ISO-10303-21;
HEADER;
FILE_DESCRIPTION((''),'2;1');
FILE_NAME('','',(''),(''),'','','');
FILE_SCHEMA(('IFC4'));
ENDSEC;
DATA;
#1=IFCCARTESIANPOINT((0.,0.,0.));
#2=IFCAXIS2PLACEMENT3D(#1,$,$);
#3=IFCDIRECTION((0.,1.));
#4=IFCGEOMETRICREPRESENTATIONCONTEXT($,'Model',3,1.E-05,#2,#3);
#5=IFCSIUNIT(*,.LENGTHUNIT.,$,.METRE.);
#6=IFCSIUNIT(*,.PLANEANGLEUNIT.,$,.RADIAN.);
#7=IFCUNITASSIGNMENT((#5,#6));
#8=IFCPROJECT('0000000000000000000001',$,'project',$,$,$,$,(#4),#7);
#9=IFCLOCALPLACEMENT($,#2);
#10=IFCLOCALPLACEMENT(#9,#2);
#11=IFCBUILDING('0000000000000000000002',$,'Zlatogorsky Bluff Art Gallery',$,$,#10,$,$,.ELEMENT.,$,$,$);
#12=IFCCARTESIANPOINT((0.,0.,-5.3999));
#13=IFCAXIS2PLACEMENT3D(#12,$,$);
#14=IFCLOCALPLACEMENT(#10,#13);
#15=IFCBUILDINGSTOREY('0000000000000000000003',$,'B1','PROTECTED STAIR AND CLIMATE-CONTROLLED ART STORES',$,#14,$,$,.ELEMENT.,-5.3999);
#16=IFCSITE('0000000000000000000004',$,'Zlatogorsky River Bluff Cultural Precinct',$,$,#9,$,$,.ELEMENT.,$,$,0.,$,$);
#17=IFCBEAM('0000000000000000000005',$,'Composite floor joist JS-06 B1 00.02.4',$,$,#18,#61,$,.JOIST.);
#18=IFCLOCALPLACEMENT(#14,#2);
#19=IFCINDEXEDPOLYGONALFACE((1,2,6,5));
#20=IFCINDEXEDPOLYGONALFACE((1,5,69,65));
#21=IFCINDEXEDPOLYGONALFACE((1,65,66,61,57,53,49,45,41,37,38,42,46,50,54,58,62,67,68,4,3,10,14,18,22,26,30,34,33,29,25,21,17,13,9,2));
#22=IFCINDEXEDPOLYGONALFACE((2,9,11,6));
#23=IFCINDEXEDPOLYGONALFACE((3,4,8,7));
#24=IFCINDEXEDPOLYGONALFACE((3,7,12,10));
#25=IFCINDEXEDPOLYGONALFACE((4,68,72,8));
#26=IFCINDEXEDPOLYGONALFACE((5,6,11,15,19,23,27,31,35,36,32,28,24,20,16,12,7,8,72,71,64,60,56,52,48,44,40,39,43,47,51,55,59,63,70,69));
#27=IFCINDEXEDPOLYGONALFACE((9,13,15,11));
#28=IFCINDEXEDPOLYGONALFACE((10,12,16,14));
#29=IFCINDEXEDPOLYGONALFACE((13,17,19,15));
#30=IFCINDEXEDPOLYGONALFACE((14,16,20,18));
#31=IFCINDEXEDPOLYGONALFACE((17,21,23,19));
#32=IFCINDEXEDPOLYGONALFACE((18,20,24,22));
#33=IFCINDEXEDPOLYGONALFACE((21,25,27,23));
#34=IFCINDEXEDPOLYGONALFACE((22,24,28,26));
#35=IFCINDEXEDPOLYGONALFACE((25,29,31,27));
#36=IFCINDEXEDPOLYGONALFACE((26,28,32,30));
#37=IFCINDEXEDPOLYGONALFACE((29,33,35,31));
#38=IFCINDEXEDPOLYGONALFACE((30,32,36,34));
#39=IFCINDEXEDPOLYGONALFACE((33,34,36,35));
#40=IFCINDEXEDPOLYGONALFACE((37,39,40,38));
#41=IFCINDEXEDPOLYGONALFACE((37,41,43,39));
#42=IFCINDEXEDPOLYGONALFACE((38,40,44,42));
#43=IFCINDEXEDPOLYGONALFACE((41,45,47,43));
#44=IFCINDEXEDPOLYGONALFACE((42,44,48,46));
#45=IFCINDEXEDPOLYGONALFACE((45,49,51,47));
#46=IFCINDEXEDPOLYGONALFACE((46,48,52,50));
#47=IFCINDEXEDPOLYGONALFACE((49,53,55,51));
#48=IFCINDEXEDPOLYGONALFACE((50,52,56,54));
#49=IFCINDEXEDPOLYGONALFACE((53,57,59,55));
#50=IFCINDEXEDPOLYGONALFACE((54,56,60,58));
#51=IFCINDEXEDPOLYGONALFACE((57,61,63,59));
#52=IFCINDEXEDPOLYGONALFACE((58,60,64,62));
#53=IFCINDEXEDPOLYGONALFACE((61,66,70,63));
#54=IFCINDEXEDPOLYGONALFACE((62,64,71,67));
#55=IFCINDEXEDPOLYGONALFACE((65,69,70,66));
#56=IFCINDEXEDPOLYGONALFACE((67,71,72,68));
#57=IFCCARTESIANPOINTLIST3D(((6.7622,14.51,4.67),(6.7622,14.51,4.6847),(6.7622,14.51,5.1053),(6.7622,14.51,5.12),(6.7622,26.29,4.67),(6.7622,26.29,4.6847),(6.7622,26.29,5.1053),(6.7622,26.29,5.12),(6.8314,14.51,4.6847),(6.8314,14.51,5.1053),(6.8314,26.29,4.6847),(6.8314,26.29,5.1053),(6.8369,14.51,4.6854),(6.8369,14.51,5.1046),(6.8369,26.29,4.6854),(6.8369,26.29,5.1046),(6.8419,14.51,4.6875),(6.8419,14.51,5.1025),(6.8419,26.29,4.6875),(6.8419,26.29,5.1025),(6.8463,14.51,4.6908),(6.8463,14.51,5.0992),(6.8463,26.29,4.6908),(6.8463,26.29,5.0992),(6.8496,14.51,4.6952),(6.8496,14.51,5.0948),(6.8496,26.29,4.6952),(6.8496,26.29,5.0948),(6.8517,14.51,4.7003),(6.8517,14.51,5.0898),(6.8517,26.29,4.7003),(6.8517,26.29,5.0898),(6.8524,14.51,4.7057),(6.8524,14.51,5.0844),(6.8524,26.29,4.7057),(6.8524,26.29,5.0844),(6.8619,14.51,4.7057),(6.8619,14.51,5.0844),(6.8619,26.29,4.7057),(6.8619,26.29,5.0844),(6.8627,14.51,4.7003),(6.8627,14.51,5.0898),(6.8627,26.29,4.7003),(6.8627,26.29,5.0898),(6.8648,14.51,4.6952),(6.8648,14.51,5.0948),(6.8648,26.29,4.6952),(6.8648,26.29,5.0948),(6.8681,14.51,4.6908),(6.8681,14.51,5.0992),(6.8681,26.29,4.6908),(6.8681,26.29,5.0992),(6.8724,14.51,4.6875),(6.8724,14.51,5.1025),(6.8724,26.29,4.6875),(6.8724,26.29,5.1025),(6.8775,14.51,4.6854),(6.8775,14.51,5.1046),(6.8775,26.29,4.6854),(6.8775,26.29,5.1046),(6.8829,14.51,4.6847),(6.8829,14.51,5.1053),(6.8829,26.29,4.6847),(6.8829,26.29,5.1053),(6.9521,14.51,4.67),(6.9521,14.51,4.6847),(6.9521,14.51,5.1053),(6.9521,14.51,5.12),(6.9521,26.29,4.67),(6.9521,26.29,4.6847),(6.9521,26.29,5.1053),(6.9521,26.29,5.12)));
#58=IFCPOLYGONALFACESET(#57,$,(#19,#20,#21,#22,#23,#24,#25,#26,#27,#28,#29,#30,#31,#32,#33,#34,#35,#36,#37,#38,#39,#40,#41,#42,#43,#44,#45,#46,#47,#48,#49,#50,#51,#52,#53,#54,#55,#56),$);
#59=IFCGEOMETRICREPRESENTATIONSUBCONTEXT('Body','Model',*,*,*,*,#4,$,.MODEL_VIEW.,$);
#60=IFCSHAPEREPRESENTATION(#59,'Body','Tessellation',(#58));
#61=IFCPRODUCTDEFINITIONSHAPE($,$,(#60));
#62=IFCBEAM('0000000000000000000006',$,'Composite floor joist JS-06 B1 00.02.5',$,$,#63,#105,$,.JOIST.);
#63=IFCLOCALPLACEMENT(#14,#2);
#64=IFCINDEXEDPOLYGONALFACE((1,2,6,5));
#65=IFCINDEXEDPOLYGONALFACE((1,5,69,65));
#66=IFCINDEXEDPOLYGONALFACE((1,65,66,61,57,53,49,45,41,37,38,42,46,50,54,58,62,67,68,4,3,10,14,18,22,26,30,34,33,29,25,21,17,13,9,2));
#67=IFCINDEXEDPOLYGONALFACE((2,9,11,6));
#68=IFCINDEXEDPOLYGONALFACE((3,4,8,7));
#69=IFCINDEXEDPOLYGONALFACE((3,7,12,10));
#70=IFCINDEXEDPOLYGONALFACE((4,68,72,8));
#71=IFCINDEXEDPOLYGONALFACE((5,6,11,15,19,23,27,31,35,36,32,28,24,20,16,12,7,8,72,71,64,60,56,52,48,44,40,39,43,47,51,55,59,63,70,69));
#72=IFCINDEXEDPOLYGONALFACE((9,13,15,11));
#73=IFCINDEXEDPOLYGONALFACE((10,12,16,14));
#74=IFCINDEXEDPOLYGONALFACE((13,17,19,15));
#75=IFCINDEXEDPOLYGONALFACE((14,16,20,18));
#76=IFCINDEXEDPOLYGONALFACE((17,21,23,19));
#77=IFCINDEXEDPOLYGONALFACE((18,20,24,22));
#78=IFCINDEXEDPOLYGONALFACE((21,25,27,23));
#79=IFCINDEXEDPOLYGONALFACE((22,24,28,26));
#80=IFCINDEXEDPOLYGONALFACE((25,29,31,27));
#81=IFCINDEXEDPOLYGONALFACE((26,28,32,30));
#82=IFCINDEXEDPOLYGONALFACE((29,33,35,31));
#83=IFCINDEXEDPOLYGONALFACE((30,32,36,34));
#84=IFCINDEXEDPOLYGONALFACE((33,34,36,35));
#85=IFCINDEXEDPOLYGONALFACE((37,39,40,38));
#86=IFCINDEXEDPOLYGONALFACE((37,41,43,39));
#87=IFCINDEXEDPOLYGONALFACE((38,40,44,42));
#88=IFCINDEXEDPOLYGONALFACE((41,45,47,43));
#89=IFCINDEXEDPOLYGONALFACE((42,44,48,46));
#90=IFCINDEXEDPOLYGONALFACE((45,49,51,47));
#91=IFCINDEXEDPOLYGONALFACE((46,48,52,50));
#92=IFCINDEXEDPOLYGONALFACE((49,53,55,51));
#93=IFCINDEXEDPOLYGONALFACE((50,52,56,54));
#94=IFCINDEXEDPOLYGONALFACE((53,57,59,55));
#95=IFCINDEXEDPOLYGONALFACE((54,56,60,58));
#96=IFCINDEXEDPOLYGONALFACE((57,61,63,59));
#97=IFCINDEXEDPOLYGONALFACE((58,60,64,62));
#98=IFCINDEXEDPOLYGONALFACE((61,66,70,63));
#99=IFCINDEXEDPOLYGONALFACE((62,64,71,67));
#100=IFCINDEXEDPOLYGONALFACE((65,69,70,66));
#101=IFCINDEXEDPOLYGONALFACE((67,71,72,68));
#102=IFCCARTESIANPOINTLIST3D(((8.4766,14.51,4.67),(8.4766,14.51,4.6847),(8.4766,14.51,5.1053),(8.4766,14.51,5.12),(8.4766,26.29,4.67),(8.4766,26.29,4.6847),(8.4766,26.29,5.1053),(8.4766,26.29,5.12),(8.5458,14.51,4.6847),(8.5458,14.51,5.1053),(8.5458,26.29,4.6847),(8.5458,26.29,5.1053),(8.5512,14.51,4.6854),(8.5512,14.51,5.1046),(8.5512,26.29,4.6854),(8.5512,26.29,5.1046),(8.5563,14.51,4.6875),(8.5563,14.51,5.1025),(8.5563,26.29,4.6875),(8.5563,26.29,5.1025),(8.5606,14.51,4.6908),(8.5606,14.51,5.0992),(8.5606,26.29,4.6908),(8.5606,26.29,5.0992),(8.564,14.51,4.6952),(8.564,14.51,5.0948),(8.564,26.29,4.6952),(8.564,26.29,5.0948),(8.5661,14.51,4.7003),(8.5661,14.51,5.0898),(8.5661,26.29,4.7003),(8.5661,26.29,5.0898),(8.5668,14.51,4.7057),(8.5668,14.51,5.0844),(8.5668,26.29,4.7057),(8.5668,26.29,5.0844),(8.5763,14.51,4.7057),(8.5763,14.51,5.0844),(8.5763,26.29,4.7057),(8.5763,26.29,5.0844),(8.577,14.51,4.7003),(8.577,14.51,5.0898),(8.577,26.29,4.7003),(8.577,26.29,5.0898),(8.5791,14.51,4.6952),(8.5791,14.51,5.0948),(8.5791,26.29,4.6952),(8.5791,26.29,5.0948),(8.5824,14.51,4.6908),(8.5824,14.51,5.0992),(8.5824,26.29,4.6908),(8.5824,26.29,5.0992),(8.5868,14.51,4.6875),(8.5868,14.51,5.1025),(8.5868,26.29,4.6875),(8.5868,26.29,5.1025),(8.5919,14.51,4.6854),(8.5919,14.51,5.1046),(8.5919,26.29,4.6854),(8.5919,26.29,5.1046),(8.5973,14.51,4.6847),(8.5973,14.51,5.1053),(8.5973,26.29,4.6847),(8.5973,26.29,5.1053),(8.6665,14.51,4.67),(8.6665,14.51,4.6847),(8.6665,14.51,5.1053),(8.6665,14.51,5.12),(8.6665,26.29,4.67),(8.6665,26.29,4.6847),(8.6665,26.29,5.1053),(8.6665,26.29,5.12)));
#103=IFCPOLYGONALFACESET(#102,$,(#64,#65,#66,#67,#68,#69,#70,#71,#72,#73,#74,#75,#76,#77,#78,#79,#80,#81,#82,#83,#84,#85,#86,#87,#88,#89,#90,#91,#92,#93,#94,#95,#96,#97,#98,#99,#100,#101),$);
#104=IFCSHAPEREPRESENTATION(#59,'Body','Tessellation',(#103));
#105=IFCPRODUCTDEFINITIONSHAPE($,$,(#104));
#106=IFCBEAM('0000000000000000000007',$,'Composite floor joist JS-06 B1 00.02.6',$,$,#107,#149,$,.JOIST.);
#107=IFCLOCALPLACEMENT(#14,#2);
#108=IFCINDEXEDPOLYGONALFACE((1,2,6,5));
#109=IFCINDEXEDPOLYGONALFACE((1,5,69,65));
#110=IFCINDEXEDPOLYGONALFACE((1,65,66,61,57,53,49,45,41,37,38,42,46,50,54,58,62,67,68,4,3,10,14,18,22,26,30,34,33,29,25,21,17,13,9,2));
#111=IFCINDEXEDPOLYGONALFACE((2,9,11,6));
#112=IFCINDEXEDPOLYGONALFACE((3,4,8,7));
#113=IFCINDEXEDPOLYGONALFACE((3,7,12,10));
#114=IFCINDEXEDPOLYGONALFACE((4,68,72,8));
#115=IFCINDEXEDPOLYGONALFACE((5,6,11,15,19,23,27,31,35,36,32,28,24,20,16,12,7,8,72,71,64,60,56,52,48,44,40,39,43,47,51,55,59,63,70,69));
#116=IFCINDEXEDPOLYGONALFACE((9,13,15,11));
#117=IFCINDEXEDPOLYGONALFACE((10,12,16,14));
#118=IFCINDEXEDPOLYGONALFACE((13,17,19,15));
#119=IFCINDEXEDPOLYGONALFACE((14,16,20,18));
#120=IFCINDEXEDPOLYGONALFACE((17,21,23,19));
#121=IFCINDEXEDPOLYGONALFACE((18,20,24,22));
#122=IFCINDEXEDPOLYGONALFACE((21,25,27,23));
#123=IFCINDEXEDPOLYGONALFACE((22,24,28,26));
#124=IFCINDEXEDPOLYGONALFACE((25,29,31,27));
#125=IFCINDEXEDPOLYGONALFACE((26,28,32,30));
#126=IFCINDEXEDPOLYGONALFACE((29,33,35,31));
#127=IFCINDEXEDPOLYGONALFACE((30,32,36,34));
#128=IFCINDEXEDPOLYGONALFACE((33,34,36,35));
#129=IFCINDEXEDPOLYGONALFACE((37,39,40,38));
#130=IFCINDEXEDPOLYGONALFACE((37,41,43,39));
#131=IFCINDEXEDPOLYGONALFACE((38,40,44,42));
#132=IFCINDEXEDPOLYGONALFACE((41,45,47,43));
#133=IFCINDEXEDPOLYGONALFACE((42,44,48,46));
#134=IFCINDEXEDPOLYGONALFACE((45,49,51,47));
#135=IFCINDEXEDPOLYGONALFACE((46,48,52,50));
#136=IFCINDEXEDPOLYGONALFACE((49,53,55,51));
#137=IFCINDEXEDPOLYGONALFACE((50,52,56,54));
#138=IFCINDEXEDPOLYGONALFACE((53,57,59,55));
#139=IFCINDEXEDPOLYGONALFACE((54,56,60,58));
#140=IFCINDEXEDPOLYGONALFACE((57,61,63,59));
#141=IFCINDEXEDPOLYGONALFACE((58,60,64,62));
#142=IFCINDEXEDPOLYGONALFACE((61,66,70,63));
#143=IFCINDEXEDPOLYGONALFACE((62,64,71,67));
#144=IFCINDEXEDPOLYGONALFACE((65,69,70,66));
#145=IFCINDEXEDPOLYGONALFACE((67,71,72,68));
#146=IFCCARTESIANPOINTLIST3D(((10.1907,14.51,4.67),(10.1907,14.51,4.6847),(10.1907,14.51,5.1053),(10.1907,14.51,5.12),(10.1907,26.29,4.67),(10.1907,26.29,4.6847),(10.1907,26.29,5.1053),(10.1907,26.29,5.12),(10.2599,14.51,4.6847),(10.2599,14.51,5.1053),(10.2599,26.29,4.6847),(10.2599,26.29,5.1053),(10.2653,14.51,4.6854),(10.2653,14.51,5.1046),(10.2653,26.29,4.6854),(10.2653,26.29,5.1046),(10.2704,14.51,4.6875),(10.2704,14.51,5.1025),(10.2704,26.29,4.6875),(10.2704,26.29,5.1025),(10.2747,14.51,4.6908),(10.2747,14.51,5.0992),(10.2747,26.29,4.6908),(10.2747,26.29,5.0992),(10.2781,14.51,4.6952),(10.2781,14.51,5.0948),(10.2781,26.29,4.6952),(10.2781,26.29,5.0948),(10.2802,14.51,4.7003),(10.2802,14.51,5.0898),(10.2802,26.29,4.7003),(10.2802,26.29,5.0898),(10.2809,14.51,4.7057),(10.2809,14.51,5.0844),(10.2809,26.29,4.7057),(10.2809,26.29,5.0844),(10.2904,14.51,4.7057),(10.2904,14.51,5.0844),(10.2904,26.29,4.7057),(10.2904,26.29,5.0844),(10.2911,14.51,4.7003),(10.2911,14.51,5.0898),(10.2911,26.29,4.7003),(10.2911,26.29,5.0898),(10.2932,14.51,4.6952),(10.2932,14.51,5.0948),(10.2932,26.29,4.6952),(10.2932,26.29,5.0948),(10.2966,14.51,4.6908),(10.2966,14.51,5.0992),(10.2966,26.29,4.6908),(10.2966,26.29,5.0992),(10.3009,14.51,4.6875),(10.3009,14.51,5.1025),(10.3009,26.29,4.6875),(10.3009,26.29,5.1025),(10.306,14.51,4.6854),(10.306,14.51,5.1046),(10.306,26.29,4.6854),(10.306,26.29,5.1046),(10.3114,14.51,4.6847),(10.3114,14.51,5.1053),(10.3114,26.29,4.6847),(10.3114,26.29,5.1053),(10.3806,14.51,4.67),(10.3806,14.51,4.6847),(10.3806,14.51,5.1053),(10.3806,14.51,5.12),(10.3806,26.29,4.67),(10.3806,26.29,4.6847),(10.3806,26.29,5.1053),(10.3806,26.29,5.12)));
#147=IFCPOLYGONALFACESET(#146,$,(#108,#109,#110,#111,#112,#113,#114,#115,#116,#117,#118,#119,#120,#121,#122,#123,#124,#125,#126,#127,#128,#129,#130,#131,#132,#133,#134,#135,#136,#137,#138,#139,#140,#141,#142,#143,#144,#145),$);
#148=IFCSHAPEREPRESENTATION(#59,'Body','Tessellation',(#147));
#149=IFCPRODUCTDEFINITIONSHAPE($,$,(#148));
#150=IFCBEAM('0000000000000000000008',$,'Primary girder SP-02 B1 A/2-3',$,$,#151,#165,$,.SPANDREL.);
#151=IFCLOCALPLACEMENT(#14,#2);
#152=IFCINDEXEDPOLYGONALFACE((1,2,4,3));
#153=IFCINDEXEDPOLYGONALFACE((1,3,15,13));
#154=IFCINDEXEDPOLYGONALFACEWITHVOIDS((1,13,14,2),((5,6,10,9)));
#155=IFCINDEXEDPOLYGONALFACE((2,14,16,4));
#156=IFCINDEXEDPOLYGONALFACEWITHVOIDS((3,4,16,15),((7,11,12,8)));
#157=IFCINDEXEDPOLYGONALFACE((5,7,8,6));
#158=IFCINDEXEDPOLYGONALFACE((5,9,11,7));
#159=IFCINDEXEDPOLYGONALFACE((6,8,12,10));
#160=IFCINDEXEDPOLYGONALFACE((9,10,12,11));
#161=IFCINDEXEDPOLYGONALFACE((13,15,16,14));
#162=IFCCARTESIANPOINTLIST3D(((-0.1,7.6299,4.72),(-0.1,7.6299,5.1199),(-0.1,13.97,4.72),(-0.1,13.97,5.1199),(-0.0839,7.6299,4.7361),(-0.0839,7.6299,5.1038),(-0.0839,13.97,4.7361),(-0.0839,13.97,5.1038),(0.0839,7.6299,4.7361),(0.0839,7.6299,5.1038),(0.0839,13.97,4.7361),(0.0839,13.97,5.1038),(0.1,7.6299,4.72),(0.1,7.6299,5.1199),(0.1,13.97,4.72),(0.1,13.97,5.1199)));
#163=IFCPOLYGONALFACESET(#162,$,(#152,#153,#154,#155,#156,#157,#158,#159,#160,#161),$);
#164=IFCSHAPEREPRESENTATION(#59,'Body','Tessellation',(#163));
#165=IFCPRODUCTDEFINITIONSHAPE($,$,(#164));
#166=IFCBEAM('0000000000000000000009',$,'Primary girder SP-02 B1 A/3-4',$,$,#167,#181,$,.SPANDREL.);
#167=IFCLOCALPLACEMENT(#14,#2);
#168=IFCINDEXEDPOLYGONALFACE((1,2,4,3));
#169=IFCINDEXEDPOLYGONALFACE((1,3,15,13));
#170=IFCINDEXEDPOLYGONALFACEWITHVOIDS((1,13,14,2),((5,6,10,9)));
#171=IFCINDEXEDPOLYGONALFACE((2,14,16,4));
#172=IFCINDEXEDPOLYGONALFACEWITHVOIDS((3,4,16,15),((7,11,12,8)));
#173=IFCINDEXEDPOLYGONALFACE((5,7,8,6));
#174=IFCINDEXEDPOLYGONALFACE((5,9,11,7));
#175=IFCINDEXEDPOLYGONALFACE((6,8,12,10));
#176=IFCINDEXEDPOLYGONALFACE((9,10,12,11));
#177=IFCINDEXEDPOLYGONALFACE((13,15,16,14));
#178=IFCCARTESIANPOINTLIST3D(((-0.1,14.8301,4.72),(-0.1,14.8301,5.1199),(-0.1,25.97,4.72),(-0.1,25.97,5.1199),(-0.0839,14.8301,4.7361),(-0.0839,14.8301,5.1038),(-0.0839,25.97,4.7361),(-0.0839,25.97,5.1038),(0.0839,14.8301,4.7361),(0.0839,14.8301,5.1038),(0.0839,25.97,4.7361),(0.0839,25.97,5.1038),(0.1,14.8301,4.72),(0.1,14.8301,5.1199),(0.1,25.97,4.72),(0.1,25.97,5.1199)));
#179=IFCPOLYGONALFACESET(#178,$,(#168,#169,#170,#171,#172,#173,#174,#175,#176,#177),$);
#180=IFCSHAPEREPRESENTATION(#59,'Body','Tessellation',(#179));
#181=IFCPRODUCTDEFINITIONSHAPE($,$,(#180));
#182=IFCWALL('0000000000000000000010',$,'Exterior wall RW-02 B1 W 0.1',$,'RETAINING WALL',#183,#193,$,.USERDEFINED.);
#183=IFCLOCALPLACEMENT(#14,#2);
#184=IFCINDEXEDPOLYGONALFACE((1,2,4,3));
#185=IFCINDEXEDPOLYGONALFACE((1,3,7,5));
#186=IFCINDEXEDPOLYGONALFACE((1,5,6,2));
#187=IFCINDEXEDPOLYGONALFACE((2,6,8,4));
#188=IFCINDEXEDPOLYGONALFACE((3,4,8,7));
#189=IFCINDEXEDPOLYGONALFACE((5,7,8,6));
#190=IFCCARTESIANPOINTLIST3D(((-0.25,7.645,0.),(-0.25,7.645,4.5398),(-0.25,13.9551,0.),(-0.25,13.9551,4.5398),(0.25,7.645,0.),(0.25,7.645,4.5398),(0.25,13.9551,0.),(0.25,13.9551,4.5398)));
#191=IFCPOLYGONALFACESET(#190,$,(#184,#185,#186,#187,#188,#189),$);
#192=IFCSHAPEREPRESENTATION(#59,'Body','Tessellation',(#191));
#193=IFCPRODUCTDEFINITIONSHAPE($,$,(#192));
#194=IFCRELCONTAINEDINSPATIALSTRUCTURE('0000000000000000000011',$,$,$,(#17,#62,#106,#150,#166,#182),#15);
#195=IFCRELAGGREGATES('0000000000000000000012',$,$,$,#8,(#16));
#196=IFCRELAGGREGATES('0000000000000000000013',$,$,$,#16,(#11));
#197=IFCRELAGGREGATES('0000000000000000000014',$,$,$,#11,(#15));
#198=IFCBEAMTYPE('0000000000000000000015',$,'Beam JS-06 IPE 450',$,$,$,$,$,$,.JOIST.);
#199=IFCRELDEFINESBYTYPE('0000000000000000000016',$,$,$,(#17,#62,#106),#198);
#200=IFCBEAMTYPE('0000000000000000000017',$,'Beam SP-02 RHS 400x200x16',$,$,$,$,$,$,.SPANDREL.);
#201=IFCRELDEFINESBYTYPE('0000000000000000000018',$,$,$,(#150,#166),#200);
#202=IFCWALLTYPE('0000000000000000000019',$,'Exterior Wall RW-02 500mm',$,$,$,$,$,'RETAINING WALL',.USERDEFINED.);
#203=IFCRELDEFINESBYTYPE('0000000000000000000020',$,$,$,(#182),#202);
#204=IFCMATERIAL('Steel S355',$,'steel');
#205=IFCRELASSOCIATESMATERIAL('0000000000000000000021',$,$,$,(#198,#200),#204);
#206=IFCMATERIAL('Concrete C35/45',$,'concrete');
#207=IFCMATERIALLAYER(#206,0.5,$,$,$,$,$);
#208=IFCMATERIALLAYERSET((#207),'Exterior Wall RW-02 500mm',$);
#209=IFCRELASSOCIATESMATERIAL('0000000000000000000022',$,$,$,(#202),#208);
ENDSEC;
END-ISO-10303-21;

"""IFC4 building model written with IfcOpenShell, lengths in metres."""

from ifc_helpers import new_model, si_unit, direction, frame, frame_2d, origin, origin_2d, place, context, subcontext, project, spatial, rectangle, hollow_rectangle, i_section, extrude, material, layer, layer_set, material_profile, profile_set, type_object, element, save


model = new_model("IFC4")

# Units and contexts
model_context = context("Model", 3, precision=1e-05, world=origin(), true_north=direction((0.0, 1.0)))
body_context = subcontext(model_context, "Body", "Model", "MODEL_VIEW")
ifc_project = project(units=[si_unit("LENGTHUNIT", "METRE"), si_unit("PLANEANGLEUNIT", "RADIAN")], contexts=[model_context])

# Site, building, storey
site_placement = place(None, origin())
site = spatial("IfcSite", under=ifc_project, at=site_placement, Name="Zlatogorsky River Bluff Cultural Precinct", CompositionType="ELEMENT", RefElevation=0.0)
building_placement = place(site_placement, origin())
building = spatial("IfcBuilding", under=site, at=building_placement, Name="Zlatogorsky Bluff Art Gallery", CompositionType="ELEMENT")
storey_placement = place(building_placement, frame((0.0, 0.0, -5.3999)))
storey = spatial("IfcBuildingStorey", under=building, at=storey_placement, Name="B1", Description="PROTECTED STAIR AND CLIMATE-CONTROLLED ART STORES", CompositionType="ELEMENT", Elevation=-5.3999)

# Shared definitions
ifc_material_1 = material(Name="Concrete C35/45", Category="concrete")

# Beams
ifc_material_2 = material(Name="Steel S355", Category="steel")
ifc_material_profile_1 = material_profile(ifc_material_2, i_section(OverallWidth=0.1899, OverallDepth=0.45, WebThickness=0.0095, FlangeThickness=0.0146, FilletRadius=0.021, at=origin_2d()), Name="IPE 450")
ifc_profile_set_1 = profile_set([ifc_material_profile_1], Name="Steel S355")
beam_type_1 = type_object("IfcBeamType", Name="Beam JS-06 IPE 450", PredefinedType="JOIST", material=ifc_profile_set_1)
for number, where, z_axis, x_axis, name in (
    (1, (6.8572, 14.51, 4.895), (0.0, 1.0, 0.0), (-1.0, 0.0, 0.0), "Composite floor joist JS-06 B1 00.02.4"),
    (2, (8.5715, 14.51, 4.895), (0.0, 1.0, 0.0), (-1.0, 0.0, 0.0), "Composite floor joist JS-06 B1 00.02.5"),
    (3, (10.2856, 14.51, 4.895), (0.0, 1.0, 0.0), (-1.0, 0.0, 0.0), "Composite floor joist JS-06 B1 00.02.6"),
):
    element("IfcBeam", number, at=place(storey_placement, frame(where, z_axis=z_axis, x_axis=x_axis)), inside=storey, type_object=beam_type_1, Name=name, PredefinedType="JOIST", context=body_context, shape_type="SweptSolid", body=[
        extrude(i_section(OverallWidth=0.1899, OverallDepth=0.45, WebThickness=0.0095, FlangeThickness=0.0146, FilletRadius=0.021, at=origin_2d()), origin(), (0.0, 0.0, 1.0), 11.78),
    ])
ifc_material_profile_2 = material_profile(ifc_material_2, hollow_rectangle(XDim=0.2, YDim=0.3999, WallThickness=0.0161, at=origin_2d()), Name="RHS 400x200x16")
ifc_profile_set_2 = profile_set([ifc_material_profile_2], Name="Steel S355")
beam_type_2 = type_object("IfcBeamType", Name="Beam SP-02 RHS 400x200x16", PredefinedType="SPANDREL", material=ifc_profile_set_2)
beam_1_placement = place(storey_placement, frame((0.0, 7.6299, 4.9199), z_axis=(0.0, 1.0, 0.0), x_axis=(-1.0, 0.0, 0.0)))
element("IfcBeam", 4, at=beam_1_placement, inside=storey, type_object=beam_type_2, Name="Primary girder SP-02 B1 A/2-3", PredefinedType="SPANDREL", context=body_context, shape_type="SweptSolid", body=[
    extrude(hollow_rectangle(XDim=0.2, YDim=0.3999, WallThickness=0.0161, at=origin_2d()), origin(), (0.0, 0.0, 1.0), 6.3401),
])
beam_2_placement = place(storey_placement, frame((0.0, 14.8301, 4.9199), z_axis=(0.0, 1.0, 0.0), x_axis=(-1.0, 0.0, 0.0)))
element("IfcBeam", 5, at=beam_2_placement, inside=storey, type_object=beam_type_2, Name="Primary girder SP-02 B1 A/3-4", PredefinedType="SPANDREL", context=body_context, shape_type="SweptSolid", body=[
    extrude(hollow_rectangle(XDim=0.2, YDim=0.3999, WallThickness=0.0161, at=origin_2d()), origin(), (0.0, 0.0, 1.0), 11.1399),
])

# Wall
ifc_layer_1 = layer(ifc_material_1, 0.5)
ifc_layer_set_1 = layer_set([ifc_layer_1], Name="Exterior Wall RW-02 500mm")
wall_type_1 = type_object("IfcWallType", Name="Exterior Wall RW-02 500mm", ElementType="RETAINING WALL", PredefinedType="USERDEFINED", material=ifc_layer_set_1)
wall_1_placement = place(storey_placement, frame((0.0, 13.9551, 0.0), z_axis=(0.0, 0.0, 1.0), x_axis=(0.0, -1.0, 0.0)))
element("IfcWall", 6, at=wall_1_placement, inside=storey, type_object=wall_type_1, Name="Exterior wall RW-02 B1 W 0.1", ObjectType="RETAINING WALL", PredefinedType="USERDEFINED", context=body_context, shape_type="SweptSolid", body=[
    extrude(rectangle(XDim=6.3101, YDim=0.5, at=frame_2d((3.155, 0.0))), origin(), (0.0, 0.0, 1.0), 4.5398),
])

save(model, "model.ifc")
